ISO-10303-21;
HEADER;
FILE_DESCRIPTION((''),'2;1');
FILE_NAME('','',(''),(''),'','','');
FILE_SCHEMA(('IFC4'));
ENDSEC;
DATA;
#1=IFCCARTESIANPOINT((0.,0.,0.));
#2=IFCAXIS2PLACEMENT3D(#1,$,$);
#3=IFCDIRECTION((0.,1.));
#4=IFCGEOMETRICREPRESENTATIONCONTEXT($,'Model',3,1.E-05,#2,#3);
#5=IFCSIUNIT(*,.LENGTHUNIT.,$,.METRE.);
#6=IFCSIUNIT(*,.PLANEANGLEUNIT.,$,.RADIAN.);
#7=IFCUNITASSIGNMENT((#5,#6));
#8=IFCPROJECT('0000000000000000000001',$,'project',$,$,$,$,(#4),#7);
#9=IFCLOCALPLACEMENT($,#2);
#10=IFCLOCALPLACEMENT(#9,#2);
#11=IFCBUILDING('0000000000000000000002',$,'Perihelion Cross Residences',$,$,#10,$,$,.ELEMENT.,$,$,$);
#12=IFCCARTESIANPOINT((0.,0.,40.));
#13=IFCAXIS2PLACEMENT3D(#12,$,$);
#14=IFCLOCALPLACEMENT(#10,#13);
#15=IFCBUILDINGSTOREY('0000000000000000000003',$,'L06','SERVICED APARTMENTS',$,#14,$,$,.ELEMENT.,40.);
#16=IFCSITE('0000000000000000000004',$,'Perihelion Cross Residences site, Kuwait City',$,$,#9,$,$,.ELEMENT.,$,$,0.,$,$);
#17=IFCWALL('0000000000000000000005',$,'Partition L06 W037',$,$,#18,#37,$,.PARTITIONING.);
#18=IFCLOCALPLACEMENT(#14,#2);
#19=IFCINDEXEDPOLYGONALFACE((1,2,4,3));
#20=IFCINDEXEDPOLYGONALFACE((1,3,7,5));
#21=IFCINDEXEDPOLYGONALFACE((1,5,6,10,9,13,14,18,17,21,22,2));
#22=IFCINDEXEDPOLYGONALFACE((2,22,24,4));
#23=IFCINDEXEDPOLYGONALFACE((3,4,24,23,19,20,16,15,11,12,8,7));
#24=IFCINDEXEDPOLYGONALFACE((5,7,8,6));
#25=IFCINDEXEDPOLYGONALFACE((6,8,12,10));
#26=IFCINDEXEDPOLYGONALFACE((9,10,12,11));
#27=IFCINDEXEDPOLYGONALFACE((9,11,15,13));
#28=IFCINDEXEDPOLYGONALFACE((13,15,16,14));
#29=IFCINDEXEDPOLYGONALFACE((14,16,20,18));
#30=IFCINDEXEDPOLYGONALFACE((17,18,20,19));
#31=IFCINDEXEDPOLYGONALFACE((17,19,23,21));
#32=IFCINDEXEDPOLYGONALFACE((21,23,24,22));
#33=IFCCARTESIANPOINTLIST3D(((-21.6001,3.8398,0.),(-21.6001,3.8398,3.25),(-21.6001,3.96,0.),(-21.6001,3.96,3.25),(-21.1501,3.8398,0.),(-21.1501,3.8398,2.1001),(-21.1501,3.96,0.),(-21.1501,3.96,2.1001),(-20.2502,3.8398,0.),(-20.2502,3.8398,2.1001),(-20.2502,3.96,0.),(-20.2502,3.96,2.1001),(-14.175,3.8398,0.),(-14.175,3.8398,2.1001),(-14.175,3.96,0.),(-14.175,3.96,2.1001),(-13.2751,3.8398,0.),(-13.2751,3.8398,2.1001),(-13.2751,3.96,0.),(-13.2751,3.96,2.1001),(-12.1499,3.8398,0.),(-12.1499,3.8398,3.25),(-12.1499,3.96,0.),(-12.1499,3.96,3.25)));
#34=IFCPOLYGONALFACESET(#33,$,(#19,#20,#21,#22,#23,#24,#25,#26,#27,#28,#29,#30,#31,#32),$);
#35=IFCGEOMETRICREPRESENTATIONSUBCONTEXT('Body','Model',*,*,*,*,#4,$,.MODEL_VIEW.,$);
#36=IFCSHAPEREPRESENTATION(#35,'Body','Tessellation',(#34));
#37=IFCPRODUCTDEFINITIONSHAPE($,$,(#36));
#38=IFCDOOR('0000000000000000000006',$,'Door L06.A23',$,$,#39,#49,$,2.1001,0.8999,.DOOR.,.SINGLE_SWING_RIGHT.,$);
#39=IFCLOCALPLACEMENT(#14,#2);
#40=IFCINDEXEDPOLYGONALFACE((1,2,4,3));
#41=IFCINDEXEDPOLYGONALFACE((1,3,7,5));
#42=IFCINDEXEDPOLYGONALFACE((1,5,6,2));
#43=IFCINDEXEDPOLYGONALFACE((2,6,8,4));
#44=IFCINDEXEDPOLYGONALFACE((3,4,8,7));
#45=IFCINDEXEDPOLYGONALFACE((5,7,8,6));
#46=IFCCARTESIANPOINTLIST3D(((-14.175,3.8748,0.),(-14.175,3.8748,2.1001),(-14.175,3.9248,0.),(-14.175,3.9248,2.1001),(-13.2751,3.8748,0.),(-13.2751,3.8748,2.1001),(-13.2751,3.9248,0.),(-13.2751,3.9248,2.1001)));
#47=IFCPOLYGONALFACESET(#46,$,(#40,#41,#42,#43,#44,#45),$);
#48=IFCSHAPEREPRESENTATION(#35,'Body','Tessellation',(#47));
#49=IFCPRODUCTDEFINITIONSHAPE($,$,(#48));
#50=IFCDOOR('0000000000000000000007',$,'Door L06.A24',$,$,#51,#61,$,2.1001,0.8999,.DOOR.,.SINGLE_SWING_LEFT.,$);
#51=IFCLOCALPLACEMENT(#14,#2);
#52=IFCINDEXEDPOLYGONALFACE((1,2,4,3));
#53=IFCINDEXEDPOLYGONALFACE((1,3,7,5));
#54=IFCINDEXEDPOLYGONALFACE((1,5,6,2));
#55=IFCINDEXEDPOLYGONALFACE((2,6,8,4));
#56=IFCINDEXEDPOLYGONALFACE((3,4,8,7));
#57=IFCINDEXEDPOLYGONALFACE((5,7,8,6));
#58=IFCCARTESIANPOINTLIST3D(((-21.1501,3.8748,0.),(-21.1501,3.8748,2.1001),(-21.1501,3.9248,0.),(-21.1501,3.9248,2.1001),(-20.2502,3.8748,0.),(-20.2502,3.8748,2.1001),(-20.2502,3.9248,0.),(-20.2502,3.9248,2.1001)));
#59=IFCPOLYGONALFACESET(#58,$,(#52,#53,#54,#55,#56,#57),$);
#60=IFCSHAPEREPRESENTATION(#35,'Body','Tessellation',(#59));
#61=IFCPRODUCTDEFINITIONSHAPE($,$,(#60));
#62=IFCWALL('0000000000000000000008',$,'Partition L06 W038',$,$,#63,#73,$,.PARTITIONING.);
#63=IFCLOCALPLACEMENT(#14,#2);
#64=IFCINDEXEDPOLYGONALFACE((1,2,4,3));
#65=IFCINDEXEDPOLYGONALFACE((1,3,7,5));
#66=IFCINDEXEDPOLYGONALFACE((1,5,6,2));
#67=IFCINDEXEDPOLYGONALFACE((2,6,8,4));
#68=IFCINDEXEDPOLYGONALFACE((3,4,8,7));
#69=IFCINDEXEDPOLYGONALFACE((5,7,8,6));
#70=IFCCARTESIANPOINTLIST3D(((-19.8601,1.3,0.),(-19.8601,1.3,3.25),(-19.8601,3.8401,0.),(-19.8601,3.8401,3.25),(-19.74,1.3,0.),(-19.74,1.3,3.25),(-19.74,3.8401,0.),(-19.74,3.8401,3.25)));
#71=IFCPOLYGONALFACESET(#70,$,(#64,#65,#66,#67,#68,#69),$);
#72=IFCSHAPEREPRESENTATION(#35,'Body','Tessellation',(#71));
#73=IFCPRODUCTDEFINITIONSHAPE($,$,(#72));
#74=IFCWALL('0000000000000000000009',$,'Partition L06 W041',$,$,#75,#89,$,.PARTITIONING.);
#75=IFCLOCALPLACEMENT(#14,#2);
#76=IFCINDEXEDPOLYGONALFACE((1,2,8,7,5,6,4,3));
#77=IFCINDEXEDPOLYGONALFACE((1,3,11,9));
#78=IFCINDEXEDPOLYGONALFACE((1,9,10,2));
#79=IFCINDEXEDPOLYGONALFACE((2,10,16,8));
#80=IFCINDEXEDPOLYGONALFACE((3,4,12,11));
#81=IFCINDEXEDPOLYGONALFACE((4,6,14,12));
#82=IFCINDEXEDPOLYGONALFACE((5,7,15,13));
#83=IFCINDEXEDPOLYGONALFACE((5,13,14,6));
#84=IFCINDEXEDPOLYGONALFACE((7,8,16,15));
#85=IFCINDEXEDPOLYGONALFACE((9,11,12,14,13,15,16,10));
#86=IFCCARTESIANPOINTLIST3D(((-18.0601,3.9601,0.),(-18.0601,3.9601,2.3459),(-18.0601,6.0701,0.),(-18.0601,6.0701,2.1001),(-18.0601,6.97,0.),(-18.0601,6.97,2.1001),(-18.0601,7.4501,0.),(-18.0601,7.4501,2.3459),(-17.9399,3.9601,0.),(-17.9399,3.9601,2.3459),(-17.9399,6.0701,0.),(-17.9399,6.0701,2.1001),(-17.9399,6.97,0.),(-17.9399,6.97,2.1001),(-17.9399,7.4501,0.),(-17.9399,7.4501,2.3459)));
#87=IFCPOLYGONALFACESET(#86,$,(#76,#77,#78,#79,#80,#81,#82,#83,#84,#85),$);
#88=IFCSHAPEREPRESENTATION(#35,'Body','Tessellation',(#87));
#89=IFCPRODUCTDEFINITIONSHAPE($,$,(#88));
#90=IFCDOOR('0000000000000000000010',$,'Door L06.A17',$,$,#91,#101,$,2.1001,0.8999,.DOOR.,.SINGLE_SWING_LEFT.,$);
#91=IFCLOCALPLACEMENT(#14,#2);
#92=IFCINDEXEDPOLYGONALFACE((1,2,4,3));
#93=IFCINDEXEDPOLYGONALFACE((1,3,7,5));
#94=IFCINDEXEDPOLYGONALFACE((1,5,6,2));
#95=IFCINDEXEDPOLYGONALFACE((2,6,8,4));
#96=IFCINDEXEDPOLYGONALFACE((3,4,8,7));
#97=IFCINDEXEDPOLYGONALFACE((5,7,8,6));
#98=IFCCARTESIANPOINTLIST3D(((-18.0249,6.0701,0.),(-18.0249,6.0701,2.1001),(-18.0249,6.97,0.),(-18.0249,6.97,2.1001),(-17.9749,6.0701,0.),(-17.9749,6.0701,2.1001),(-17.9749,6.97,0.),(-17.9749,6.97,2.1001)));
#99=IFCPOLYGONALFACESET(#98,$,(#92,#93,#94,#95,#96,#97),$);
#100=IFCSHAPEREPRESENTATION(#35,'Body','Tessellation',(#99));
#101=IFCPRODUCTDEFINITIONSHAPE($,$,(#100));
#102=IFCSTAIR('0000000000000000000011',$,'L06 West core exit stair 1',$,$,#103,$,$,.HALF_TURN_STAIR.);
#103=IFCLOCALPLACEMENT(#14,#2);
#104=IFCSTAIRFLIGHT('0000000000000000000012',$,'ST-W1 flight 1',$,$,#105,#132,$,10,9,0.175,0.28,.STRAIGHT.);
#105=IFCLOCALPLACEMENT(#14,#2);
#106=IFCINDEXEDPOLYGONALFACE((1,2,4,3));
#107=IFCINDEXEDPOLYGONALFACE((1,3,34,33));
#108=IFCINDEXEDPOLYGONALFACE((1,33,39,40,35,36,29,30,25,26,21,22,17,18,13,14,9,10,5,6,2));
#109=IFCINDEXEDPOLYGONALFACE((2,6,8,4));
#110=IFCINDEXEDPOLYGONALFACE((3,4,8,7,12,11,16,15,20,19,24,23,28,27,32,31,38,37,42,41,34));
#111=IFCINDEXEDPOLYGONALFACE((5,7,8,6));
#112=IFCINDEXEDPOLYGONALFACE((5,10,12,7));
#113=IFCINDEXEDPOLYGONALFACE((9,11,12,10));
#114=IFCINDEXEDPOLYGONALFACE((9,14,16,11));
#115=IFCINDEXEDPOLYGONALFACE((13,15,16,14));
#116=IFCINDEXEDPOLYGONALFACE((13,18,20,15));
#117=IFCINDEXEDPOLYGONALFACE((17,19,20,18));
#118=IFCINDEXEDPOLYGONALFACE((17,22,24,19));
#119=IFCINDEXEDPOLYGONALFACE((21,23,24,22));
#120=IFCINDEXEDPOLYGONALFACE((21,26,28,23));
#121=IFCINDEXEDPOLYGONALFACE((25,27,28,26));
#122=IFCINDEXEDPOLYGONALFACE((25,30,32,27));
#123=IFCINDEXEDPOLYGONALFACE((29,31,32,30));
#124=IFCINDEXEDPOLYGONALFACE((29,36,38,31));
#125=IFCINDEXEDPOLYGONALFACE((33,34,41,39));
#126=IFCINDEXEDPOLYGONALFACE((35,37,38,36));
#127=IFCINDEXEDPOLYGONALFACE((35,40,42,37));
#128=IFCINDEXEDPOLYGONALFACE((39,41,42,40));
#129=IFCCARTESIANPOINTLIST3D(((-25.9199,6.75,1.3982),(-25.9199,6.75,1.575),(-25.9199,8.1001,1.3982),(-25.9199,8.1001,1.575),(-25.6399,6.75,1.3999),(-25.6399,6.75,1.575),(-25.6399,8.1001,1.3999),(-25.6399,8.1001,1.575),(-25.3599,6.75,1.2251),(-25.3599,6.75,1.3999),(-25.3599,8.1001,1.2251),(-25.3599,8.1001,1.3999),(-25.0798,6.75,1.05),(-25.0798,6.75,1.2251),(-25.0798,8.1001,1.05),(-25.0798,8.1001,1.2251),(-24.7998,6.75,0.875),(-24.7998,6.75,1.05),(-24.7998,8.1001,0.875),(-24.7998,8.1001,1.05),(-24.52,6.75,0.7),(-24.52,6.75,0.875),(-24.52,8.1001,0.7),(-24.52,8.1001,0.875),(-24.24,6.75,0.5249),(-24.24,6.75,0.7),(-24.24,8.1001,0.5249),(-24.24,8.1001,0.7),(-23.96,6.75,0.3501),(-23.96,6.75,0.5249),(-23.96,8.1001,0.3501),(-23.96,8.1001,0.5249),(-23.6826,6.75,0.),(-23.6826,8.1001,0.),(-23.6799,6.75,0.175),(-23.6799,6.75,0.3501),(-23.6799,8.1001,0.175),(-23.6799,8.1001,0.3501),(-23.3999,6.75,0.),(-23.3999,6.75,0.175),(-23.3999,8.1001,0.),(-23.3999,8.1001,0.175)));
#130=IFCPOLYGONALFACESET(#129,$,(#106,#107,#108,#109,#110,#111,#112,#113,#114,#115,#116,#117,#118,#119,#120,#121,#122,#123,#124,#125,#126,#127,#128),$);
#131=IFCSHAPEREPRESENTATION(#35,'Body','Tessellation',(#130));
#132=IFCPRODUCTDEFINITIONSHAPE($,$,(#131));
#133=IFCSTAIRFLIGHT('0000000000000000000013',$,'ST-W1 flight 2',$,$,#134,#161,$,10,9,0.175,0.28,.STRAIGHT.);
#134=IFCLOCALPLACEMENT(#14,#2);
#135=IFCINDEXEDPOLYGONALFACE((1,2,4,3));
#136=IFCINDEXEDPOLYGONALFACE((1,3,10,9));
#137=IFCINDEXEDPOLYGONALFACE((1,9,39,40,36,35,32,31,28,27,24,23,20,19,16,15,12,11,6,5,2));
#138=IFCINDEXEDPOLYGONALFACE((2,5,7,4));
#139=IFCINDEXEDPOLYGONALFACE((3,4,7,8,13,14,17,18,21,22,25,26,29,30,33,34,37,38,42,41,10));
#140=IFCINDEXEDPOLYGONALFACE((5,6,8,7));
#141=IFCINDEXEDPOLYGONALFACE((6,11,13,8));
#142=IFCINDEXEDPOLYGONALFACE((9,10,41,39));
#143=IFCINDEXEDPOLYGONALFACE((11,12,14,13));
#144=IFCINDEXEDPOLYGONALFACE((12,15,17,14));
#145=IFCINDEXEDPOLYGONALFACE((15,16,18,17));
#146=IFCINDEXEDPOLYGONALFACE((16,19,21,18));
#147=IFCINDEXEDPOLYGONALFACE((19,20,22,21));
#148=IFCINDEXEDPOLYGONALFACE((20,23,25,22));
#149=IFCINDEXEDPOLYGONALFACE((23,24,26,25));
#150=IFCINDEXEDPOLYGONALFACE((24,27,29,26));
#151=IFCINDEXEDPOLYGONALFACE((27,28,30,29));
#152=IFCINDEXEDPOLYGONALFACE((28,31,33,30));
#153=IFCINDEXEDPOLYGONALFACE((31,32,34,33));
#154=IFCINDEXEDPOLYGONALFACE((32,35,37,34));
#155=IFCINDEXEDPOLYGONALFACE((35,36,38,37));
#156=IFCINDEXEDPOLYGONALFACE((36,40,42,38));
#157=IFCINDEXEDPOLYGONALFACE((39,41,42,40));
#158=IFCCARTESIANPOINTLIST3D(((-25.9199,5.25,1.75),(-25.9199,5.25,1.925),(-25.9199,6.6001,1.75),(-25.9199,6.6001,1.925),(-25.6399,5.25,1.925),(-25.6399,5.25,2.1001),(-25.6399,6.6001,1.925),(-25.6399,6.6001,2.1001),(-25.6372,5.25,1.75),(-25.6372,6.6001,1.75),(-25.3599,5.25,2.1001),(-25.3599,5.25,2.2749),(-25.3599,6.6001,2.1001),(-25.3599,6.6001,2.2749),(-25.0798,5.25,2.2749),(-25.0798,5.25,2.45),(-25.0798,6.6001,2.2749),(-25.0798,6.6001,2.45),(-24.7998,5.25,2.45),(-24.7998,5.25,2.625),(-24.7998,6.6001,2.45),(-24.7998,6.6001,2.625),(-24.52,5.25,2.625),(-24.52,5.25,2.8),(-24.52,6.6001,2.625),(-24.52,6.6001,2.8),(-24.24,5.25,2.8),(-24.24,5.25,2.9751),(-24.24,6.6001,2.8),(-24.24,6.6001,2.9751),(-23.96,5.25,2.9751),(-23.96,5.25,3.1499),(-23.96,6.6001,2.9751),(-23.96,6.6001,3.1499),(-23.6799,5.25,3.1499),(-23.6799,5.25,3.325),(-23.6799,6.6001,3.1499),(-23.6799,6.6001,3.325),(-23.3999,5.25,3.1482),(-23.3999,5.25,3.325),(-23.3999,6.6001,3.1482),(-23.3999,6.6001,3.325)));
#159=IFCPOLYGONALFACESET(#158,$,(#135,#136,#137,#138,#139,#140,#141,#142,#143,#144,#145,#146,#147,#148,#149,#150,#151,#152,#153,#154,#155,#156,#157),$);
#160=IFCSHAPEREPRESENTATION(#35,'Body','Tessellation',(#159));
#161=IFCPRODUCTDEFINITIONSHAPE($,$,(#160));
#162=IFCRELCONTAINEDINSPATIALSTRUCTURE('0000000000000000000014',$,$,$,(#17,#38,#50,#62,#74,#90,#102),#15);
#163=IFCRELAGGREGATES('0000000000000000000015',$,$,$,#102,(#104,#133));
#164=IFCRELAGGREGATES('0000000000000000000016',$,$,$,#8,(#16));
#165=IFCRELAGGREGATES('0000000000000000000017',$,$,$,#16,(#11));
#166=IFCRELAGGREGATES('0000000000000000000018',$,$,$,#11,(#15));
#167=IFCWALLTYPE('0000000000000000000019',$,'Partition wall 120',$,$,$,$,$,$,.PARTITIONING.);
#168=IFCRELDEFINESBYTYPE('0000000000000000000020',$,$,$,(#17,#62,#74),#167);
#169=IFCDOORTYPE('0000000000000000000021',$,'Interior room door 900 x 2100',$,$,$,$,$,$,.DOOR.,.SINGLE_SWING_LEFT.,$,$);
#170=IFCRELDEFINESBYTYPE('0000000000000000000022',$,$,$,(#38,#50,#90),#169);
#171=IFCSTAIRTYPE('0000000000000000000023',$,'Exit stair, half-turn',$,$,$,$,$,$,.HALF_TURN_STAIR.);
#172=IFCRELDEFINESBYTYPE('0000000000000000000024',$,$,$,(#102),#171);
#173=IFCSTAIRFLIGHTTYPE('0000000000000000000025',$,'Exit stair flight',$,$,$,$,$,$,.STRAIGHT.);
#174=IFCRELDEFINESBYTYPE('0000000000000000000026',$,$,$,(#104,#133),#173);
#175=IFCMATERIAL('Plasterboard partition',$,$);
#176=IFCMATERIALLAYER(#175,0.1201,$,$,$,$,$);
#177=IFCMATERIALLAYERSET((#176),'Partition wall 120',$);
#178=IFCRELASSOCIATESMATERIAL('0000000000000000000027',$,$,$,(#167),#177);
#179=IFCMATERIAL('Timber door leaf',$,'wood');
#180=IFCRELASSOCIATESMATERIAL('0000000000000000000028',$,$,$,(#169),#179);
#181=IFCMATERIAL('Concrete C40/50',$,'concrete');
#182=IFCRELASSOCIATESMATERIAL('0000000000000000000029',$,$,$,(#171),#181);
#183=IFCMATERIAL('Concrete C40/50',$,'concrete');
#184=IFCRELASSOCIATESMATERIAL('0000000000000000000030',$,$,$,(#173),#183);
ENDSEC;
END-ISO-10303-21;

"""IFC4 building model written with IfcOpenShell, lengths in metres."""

from ifc_helpers import new_model, si_unit, direction, frame, frame_2d, origin, place, context, subcontext, project, spatial, polyline, rectangle, outline, extrude, material, layer, layer_set, type_object, element, fill, aggregate, save


model = new_model("IFC4")

# Units and contexts
model_context = context("Model", 3, precision=1e-05, world=origin(), true_north=direction((0.0, 1.0)))
body_context = subcontext(model_context, "Body", "Model", "MODEL_VIEW")
ifc_project = project(units=[si_unit("LENGTHUNIT", "METRE"), si_unit("PLANEANGLEUNIT", "RADIAN")], contexts=[model_context])

# Site, building, storey
site_placement = place(None, origin())
site = spatial("IfcSite", under=ifc_project, at=site_placement, Name="Perihelion Cross Residences site, Kuwait City", CompositionType="ELEMENT", RefElevation=0.0)
building_placement = place(site_placement, origin())
building = spatial("IfcBuilding", under=site, at=building_placement, Name="Perihelion Cross Residences", CompositionType="ELEMENT")
storey_placement = place(building_placement, frame((0.0, 0.0, 40.0)))
storey = spatial("IfcBuildingStorey", under=building, at=storey_placement, Name="L06", Description="SERVICED APARTMENTS", CompositionType="ELEMENT", Elevation=40.0)

# Wall, openings, doors
ifc_material_1 = material(Name="Plasterboard partition")
ifc_layer_1 = layer(ifc_material_1, 0.1201)
ifc_layer_set_1 = layer_set([ifc_layer_1], Name="Partition wall 120")
wall_type_1 = type_object("IfcWallType", Name="Partition wall 120", PredefinedType="PARTITIONING", material=ifc_layer_set_1)
wall_1_placement = place(storey_placement, frame((-21.6001, 3.8999, 0.0), z_axis=(0.0, 0.0, 1.0), x_axis=(1.0, 0.0, 0.0)))
wall_1 = element("IfcWall", 1, at=wall_1_placement, inside=storey, type_object=wall_type_1, Name="Partition L06 W037", PredefinedType="PARTITIONING", context=body_context, shape_type="SweptSolid", body=[
    extrude(rectangle(XDim=9.4502, YDim=0.1201, at=frame_2d((4.7251, 0.0))), origin(), (0.0, 0.0, 1.0), 3.25),
])
opening_1_placement = place(wall_1_placement, frame((7.425, 0.0, 0.0)))
opening_1 = element("IfcOpeningElement", 2, at=opening_1_placement, cuts=wall_1, PredefinedType="OPENING", context=body_context, shape_type="SweptSolid", body=[
    extrude(rectangle(XDim=0.8999, YDim=2.1001, at=frame_2d((0.45, 1.05))), frame((0.0, 0.0701, 0.0), z_axis=(0.0, -1.0, 0.0), x_axis=(1.0, 0.0, 0.0)), (0.0, 0.0, 1.0), 0.1401),
])
opening_2_placement = place(wall_1_placement, frame((0.45, 0.0, 0.0)))
opening_2 = element("IfcOpeningElement", 3, at=opening_2_placement, cuts=wall_1, PredefinedType="OPENING", context=body_context, shape_type="SweptSolid", body=[
    extrude(rectangle(XDim=0.8999, YDim=2.1001, at=frame_2d((0.45, 1.05))), frame((0.0, 0.0701, 0.0), z_axis=(0.0, -1.0, 0.0), x_axis=(1.0, 0.0, 0.0)), (0.0, 0.0, 1.0), 0.1401),
])
ifc_material_2 = material(Name="Timber door leaf", Category="wood")
door_type_1 = type_object("IfcDoorType", Name="Interior room door 900 x 2100", OperationType="SINGLE_SWING_LEFT", PredefinedType="DOOR", material=ifc_material_2)
door_1_placement = place(opening_1_placement, origin())
door_1 = element("IfcDoor", 4, at=door_1_placement, inside=storey, type_object=door_type_1, Name="Door L06.A23", OperationType="SINGLE_SWING_RIGHT", OverallHeight=2.1001, OverallWidth=0.8999, PredefinedType="DOOR", context=body_context, shape_type="SweptSolid", body=[
    extrude(rectangle(XDim=0.8999, YDim=2.1001, at=frame_2d((0.45, 1.05))), frame((0.0, 0.0249, 0.0), z_axis=(0.0, -1.0, 0.0), x_axis=(1.0, 0.0, 0.0)), (0.0, 0.0, 1.0), 0.05),
])
fill(opening_1, door_1)
door_2_placement = place(opening_2_placement, origin())
door_2 = element("IfcDoor", 5, at=door_2_placement, inside=storey, type_object=door_type_1, Name="Door L06.A24", OperationType="SINGLE_SWING_LEFT", OverallHeight=2.1001, OverallWidth=0.8999, PredefinedType="DOOR", context=body_context, shape_type="SweptSolid", body=[
    extrude(rectangle(XDim=0.8999, YDim=2.1001, at=frame_2d((0.45, 1.05))), frame((0.0, 0.0249, 0.0), z_axis=(0.0, -1.0, 0.0), x_axis=(1.0, 0.0, 0.0)), (0.0, 0.0, 1.0), 0.05),
])
fill(opening_2, door_2)

# Wall
wall_2_placement = place(storey_placement, frame((-19.8, 1.3, 0.0), z_axis=(0.0, 0.0, 1.0), x_axis=(0.0, 1.0, 0.0)))
element("IfcWall", 6, at=wall_2_placement, inside=storey, type_object=wall_type_1, Name="Partition L06 W038", PredefinedType="PARTITIONING", context=body_context, shape_type="SweptSolid", body=[
    extrude(rectangle(XDim=2.54, YDim=0.1201, at=frame_2d((1.27, 0.0))), origin(), (0.0, 0.0, 1.0), 3.25),
])

# Wall, opening, door
wall_3_placement = place(storey_placement, frame((-18.0, 3.96, 0.0), z_axis=(0.0, 0.0, 1.0), x_axis=(0.0, 1.0, 0.0)))
wall_3 = element("IfcWall", 7, at=wall_3_placement, inside=storey, type_object=wall_type_1, Name="Partition L06 W041", PredefinedType="PARTITIONING", context=body_context, shape_type="SweptSolid", body=[
    extrude(rectangle(XDim=3.49, YDim=0.1201, at=frame_2d((1.7451, 0.0))), origin(), (0.0, 0.0, 1.0), 2.3459),
])
opening_3_placement = place(wall_3_placement, frame((2.1101, 0.0, 0.0)))
opening_3 = element("IfcOpeningElement", 8, at=opening_3_placement, cuts=wall_3, PredefinedType="OPENING", context=body_context, shape_type="SweptSolid", body=[
    extrude(rectangle(XDim=0.8999, YDim=2.1001, at=frame_2d((0.45, 1.05))), frame((0.0, 0.0701, 0.0), z_axis=(0.0, -1.0, 0.0), x_axis=(1.0, 0.0, 0.0)), (0.0, 0.0, 1.0), 0.1401),
])
door_3_placement = place(opening_3_placement, origin())
door_3 = element("IfcDoor", 9, at=door_3_placement, inside=storey, type_object=door_type_1, Name="Door L06.A17", OperationType="SINGLE_SWING_LEFT", OverallHeight=2.1001, OverallWidth=0.8999, PredefinedType="DOOR", context=body_context, shape_type="SweptSolid", body=[
    extrude(rectangle(XDim=0.8999, YDim=2.1001, at=frame_2d((0.45, 1.05))), frame((0.0, 0.0249, 0.0), z_axis=(0.0, -1.0, 0.0), x_axis=(1.0, 0.0, 0.0)), (0.0, 0.0, 1.0), 0.05),
])
fill(opening_3, door_3)

# Stair, stair flights
ifc_material_3 = material(Name="Concrete C40/50", Category="concrete")
stair_type = type_object("IfcStairType", Name="Exit stair, half-turn", PredefinedType="HALF_TURN_STAIR", material=ifc_material_3)
stair_placement = place(storey_placement, origin())
stair = element("IfcStair", 10, at=stair_placement, inside=storey, type_object=stair_type, Name="L06 West core exit stair 1", PredefinedType="HALF_TURN_STAIR")
ifc_material_4 = material(Name="Concrete C40/50", Category="concrete")
stair_flight_type = type_object("IfcStairFlightType", Name="Exit stair flight", PredefinedType="STRAIGHT", material=ifc_material_4)
stair_flight_1_placement = place(storey_placement, frame((-23.3999, 7.425, 0.0), z_axis=(0.0, 0.0, 1.0), x_axis=(-1.0, 0.0, 0.0)))
stair_flight_1 = element("IfcStairFlight", 11, at=stair_flight_1_placement, type_object=stair_flight_type, Name="ST-W1 flight 1", NumberOfRisers=10, NumberOfTreads=9, PredefinedType="STRAIGHT", RiserHeight=0.175, TreadLength=0.28, context=body_context, shape_type="SweptSolid", body=[
    extrude(outline(polyline([(0.0, 0.0), (0.0, 0.175), (0.28, 0.175), (0.28, 0.3501), (0.5601, 0.3501), (0.5601, 0.5249), (0.8401, 0.5249), (0.8401, 0.7), (1.1201, 0.7), (1.1201, 0.875), (1.3999, 0.875), (1.3999, 1.05), (1.6799, 1.05), (1.6799, 1.2251), (1.96, 1.2251), (1.96, 1.3999), (2.24, 1.3999), (2.24, 1.575), (2.52, 1.575), (2.52, 1.75), (2.52, 1.3982), (0.2827, 0.0), (0.0, 0.0)])), frame((0.0, 0.675, 0.0), z_axis=(0.0, -1.0, 0.0), x_axis=(1.0, 0.0, 0.0)), (0.0, 0.0, 1.0), 1.3501),
])
stair_flight_2_placement = place(storey_placement, frame((-25.9199, 5.925, 1.75), z_axis=(0.0, 0.0, 1.0), x_axis=(1.0, 0.0, 0.0)))
stair_flight_2 = element("IfcStairFlight", 12, at=stair_flight_2_placement, type_object=stair_flight_type, Name="ST-W1 flight 2", NumberOfRisers=10, NumberOfTreads=9, PredefinedType="STRAIGHT", RiserHeight=0.175, TreadLength=0.28, context=body_context, shape_type="SweptSolid", body=[
    extrude(outline(polyline([(0.0, 0.0), (0.0, 0.175), (0.28, 0.175), (0.28, 0.3501), (0.5601, 0.3501), (0.5601, 0.5249), (0.8401, 0.5249), (0.8401, 0.7), (1.1201, 0.7), (1.1201, 0.875), (1.3999, 0.875), (1.3999, 1.05), (1.6799, 1.05), (1.6799, 1.2251), (1.96, 1.2251), (1.96, 1.3999), (2.24, 1.3999), (2.24, 1.575), (2.52, 1.575), (2.52, 1.75), (2.52, 1.3982), (0.2827, 0.0), (0.0, 0.0)])), frame((0.0, 0.675, 0.0), z_axis=(0.0, -1.0, 0.0), x_axis=(1.0, 0.0, 0.0)), (0.0, 0.0, 1.0), 1.3501),
])
aggregate(stair, [stair_flight_1, stair_flight_2])

save(model, "model.ifc")
